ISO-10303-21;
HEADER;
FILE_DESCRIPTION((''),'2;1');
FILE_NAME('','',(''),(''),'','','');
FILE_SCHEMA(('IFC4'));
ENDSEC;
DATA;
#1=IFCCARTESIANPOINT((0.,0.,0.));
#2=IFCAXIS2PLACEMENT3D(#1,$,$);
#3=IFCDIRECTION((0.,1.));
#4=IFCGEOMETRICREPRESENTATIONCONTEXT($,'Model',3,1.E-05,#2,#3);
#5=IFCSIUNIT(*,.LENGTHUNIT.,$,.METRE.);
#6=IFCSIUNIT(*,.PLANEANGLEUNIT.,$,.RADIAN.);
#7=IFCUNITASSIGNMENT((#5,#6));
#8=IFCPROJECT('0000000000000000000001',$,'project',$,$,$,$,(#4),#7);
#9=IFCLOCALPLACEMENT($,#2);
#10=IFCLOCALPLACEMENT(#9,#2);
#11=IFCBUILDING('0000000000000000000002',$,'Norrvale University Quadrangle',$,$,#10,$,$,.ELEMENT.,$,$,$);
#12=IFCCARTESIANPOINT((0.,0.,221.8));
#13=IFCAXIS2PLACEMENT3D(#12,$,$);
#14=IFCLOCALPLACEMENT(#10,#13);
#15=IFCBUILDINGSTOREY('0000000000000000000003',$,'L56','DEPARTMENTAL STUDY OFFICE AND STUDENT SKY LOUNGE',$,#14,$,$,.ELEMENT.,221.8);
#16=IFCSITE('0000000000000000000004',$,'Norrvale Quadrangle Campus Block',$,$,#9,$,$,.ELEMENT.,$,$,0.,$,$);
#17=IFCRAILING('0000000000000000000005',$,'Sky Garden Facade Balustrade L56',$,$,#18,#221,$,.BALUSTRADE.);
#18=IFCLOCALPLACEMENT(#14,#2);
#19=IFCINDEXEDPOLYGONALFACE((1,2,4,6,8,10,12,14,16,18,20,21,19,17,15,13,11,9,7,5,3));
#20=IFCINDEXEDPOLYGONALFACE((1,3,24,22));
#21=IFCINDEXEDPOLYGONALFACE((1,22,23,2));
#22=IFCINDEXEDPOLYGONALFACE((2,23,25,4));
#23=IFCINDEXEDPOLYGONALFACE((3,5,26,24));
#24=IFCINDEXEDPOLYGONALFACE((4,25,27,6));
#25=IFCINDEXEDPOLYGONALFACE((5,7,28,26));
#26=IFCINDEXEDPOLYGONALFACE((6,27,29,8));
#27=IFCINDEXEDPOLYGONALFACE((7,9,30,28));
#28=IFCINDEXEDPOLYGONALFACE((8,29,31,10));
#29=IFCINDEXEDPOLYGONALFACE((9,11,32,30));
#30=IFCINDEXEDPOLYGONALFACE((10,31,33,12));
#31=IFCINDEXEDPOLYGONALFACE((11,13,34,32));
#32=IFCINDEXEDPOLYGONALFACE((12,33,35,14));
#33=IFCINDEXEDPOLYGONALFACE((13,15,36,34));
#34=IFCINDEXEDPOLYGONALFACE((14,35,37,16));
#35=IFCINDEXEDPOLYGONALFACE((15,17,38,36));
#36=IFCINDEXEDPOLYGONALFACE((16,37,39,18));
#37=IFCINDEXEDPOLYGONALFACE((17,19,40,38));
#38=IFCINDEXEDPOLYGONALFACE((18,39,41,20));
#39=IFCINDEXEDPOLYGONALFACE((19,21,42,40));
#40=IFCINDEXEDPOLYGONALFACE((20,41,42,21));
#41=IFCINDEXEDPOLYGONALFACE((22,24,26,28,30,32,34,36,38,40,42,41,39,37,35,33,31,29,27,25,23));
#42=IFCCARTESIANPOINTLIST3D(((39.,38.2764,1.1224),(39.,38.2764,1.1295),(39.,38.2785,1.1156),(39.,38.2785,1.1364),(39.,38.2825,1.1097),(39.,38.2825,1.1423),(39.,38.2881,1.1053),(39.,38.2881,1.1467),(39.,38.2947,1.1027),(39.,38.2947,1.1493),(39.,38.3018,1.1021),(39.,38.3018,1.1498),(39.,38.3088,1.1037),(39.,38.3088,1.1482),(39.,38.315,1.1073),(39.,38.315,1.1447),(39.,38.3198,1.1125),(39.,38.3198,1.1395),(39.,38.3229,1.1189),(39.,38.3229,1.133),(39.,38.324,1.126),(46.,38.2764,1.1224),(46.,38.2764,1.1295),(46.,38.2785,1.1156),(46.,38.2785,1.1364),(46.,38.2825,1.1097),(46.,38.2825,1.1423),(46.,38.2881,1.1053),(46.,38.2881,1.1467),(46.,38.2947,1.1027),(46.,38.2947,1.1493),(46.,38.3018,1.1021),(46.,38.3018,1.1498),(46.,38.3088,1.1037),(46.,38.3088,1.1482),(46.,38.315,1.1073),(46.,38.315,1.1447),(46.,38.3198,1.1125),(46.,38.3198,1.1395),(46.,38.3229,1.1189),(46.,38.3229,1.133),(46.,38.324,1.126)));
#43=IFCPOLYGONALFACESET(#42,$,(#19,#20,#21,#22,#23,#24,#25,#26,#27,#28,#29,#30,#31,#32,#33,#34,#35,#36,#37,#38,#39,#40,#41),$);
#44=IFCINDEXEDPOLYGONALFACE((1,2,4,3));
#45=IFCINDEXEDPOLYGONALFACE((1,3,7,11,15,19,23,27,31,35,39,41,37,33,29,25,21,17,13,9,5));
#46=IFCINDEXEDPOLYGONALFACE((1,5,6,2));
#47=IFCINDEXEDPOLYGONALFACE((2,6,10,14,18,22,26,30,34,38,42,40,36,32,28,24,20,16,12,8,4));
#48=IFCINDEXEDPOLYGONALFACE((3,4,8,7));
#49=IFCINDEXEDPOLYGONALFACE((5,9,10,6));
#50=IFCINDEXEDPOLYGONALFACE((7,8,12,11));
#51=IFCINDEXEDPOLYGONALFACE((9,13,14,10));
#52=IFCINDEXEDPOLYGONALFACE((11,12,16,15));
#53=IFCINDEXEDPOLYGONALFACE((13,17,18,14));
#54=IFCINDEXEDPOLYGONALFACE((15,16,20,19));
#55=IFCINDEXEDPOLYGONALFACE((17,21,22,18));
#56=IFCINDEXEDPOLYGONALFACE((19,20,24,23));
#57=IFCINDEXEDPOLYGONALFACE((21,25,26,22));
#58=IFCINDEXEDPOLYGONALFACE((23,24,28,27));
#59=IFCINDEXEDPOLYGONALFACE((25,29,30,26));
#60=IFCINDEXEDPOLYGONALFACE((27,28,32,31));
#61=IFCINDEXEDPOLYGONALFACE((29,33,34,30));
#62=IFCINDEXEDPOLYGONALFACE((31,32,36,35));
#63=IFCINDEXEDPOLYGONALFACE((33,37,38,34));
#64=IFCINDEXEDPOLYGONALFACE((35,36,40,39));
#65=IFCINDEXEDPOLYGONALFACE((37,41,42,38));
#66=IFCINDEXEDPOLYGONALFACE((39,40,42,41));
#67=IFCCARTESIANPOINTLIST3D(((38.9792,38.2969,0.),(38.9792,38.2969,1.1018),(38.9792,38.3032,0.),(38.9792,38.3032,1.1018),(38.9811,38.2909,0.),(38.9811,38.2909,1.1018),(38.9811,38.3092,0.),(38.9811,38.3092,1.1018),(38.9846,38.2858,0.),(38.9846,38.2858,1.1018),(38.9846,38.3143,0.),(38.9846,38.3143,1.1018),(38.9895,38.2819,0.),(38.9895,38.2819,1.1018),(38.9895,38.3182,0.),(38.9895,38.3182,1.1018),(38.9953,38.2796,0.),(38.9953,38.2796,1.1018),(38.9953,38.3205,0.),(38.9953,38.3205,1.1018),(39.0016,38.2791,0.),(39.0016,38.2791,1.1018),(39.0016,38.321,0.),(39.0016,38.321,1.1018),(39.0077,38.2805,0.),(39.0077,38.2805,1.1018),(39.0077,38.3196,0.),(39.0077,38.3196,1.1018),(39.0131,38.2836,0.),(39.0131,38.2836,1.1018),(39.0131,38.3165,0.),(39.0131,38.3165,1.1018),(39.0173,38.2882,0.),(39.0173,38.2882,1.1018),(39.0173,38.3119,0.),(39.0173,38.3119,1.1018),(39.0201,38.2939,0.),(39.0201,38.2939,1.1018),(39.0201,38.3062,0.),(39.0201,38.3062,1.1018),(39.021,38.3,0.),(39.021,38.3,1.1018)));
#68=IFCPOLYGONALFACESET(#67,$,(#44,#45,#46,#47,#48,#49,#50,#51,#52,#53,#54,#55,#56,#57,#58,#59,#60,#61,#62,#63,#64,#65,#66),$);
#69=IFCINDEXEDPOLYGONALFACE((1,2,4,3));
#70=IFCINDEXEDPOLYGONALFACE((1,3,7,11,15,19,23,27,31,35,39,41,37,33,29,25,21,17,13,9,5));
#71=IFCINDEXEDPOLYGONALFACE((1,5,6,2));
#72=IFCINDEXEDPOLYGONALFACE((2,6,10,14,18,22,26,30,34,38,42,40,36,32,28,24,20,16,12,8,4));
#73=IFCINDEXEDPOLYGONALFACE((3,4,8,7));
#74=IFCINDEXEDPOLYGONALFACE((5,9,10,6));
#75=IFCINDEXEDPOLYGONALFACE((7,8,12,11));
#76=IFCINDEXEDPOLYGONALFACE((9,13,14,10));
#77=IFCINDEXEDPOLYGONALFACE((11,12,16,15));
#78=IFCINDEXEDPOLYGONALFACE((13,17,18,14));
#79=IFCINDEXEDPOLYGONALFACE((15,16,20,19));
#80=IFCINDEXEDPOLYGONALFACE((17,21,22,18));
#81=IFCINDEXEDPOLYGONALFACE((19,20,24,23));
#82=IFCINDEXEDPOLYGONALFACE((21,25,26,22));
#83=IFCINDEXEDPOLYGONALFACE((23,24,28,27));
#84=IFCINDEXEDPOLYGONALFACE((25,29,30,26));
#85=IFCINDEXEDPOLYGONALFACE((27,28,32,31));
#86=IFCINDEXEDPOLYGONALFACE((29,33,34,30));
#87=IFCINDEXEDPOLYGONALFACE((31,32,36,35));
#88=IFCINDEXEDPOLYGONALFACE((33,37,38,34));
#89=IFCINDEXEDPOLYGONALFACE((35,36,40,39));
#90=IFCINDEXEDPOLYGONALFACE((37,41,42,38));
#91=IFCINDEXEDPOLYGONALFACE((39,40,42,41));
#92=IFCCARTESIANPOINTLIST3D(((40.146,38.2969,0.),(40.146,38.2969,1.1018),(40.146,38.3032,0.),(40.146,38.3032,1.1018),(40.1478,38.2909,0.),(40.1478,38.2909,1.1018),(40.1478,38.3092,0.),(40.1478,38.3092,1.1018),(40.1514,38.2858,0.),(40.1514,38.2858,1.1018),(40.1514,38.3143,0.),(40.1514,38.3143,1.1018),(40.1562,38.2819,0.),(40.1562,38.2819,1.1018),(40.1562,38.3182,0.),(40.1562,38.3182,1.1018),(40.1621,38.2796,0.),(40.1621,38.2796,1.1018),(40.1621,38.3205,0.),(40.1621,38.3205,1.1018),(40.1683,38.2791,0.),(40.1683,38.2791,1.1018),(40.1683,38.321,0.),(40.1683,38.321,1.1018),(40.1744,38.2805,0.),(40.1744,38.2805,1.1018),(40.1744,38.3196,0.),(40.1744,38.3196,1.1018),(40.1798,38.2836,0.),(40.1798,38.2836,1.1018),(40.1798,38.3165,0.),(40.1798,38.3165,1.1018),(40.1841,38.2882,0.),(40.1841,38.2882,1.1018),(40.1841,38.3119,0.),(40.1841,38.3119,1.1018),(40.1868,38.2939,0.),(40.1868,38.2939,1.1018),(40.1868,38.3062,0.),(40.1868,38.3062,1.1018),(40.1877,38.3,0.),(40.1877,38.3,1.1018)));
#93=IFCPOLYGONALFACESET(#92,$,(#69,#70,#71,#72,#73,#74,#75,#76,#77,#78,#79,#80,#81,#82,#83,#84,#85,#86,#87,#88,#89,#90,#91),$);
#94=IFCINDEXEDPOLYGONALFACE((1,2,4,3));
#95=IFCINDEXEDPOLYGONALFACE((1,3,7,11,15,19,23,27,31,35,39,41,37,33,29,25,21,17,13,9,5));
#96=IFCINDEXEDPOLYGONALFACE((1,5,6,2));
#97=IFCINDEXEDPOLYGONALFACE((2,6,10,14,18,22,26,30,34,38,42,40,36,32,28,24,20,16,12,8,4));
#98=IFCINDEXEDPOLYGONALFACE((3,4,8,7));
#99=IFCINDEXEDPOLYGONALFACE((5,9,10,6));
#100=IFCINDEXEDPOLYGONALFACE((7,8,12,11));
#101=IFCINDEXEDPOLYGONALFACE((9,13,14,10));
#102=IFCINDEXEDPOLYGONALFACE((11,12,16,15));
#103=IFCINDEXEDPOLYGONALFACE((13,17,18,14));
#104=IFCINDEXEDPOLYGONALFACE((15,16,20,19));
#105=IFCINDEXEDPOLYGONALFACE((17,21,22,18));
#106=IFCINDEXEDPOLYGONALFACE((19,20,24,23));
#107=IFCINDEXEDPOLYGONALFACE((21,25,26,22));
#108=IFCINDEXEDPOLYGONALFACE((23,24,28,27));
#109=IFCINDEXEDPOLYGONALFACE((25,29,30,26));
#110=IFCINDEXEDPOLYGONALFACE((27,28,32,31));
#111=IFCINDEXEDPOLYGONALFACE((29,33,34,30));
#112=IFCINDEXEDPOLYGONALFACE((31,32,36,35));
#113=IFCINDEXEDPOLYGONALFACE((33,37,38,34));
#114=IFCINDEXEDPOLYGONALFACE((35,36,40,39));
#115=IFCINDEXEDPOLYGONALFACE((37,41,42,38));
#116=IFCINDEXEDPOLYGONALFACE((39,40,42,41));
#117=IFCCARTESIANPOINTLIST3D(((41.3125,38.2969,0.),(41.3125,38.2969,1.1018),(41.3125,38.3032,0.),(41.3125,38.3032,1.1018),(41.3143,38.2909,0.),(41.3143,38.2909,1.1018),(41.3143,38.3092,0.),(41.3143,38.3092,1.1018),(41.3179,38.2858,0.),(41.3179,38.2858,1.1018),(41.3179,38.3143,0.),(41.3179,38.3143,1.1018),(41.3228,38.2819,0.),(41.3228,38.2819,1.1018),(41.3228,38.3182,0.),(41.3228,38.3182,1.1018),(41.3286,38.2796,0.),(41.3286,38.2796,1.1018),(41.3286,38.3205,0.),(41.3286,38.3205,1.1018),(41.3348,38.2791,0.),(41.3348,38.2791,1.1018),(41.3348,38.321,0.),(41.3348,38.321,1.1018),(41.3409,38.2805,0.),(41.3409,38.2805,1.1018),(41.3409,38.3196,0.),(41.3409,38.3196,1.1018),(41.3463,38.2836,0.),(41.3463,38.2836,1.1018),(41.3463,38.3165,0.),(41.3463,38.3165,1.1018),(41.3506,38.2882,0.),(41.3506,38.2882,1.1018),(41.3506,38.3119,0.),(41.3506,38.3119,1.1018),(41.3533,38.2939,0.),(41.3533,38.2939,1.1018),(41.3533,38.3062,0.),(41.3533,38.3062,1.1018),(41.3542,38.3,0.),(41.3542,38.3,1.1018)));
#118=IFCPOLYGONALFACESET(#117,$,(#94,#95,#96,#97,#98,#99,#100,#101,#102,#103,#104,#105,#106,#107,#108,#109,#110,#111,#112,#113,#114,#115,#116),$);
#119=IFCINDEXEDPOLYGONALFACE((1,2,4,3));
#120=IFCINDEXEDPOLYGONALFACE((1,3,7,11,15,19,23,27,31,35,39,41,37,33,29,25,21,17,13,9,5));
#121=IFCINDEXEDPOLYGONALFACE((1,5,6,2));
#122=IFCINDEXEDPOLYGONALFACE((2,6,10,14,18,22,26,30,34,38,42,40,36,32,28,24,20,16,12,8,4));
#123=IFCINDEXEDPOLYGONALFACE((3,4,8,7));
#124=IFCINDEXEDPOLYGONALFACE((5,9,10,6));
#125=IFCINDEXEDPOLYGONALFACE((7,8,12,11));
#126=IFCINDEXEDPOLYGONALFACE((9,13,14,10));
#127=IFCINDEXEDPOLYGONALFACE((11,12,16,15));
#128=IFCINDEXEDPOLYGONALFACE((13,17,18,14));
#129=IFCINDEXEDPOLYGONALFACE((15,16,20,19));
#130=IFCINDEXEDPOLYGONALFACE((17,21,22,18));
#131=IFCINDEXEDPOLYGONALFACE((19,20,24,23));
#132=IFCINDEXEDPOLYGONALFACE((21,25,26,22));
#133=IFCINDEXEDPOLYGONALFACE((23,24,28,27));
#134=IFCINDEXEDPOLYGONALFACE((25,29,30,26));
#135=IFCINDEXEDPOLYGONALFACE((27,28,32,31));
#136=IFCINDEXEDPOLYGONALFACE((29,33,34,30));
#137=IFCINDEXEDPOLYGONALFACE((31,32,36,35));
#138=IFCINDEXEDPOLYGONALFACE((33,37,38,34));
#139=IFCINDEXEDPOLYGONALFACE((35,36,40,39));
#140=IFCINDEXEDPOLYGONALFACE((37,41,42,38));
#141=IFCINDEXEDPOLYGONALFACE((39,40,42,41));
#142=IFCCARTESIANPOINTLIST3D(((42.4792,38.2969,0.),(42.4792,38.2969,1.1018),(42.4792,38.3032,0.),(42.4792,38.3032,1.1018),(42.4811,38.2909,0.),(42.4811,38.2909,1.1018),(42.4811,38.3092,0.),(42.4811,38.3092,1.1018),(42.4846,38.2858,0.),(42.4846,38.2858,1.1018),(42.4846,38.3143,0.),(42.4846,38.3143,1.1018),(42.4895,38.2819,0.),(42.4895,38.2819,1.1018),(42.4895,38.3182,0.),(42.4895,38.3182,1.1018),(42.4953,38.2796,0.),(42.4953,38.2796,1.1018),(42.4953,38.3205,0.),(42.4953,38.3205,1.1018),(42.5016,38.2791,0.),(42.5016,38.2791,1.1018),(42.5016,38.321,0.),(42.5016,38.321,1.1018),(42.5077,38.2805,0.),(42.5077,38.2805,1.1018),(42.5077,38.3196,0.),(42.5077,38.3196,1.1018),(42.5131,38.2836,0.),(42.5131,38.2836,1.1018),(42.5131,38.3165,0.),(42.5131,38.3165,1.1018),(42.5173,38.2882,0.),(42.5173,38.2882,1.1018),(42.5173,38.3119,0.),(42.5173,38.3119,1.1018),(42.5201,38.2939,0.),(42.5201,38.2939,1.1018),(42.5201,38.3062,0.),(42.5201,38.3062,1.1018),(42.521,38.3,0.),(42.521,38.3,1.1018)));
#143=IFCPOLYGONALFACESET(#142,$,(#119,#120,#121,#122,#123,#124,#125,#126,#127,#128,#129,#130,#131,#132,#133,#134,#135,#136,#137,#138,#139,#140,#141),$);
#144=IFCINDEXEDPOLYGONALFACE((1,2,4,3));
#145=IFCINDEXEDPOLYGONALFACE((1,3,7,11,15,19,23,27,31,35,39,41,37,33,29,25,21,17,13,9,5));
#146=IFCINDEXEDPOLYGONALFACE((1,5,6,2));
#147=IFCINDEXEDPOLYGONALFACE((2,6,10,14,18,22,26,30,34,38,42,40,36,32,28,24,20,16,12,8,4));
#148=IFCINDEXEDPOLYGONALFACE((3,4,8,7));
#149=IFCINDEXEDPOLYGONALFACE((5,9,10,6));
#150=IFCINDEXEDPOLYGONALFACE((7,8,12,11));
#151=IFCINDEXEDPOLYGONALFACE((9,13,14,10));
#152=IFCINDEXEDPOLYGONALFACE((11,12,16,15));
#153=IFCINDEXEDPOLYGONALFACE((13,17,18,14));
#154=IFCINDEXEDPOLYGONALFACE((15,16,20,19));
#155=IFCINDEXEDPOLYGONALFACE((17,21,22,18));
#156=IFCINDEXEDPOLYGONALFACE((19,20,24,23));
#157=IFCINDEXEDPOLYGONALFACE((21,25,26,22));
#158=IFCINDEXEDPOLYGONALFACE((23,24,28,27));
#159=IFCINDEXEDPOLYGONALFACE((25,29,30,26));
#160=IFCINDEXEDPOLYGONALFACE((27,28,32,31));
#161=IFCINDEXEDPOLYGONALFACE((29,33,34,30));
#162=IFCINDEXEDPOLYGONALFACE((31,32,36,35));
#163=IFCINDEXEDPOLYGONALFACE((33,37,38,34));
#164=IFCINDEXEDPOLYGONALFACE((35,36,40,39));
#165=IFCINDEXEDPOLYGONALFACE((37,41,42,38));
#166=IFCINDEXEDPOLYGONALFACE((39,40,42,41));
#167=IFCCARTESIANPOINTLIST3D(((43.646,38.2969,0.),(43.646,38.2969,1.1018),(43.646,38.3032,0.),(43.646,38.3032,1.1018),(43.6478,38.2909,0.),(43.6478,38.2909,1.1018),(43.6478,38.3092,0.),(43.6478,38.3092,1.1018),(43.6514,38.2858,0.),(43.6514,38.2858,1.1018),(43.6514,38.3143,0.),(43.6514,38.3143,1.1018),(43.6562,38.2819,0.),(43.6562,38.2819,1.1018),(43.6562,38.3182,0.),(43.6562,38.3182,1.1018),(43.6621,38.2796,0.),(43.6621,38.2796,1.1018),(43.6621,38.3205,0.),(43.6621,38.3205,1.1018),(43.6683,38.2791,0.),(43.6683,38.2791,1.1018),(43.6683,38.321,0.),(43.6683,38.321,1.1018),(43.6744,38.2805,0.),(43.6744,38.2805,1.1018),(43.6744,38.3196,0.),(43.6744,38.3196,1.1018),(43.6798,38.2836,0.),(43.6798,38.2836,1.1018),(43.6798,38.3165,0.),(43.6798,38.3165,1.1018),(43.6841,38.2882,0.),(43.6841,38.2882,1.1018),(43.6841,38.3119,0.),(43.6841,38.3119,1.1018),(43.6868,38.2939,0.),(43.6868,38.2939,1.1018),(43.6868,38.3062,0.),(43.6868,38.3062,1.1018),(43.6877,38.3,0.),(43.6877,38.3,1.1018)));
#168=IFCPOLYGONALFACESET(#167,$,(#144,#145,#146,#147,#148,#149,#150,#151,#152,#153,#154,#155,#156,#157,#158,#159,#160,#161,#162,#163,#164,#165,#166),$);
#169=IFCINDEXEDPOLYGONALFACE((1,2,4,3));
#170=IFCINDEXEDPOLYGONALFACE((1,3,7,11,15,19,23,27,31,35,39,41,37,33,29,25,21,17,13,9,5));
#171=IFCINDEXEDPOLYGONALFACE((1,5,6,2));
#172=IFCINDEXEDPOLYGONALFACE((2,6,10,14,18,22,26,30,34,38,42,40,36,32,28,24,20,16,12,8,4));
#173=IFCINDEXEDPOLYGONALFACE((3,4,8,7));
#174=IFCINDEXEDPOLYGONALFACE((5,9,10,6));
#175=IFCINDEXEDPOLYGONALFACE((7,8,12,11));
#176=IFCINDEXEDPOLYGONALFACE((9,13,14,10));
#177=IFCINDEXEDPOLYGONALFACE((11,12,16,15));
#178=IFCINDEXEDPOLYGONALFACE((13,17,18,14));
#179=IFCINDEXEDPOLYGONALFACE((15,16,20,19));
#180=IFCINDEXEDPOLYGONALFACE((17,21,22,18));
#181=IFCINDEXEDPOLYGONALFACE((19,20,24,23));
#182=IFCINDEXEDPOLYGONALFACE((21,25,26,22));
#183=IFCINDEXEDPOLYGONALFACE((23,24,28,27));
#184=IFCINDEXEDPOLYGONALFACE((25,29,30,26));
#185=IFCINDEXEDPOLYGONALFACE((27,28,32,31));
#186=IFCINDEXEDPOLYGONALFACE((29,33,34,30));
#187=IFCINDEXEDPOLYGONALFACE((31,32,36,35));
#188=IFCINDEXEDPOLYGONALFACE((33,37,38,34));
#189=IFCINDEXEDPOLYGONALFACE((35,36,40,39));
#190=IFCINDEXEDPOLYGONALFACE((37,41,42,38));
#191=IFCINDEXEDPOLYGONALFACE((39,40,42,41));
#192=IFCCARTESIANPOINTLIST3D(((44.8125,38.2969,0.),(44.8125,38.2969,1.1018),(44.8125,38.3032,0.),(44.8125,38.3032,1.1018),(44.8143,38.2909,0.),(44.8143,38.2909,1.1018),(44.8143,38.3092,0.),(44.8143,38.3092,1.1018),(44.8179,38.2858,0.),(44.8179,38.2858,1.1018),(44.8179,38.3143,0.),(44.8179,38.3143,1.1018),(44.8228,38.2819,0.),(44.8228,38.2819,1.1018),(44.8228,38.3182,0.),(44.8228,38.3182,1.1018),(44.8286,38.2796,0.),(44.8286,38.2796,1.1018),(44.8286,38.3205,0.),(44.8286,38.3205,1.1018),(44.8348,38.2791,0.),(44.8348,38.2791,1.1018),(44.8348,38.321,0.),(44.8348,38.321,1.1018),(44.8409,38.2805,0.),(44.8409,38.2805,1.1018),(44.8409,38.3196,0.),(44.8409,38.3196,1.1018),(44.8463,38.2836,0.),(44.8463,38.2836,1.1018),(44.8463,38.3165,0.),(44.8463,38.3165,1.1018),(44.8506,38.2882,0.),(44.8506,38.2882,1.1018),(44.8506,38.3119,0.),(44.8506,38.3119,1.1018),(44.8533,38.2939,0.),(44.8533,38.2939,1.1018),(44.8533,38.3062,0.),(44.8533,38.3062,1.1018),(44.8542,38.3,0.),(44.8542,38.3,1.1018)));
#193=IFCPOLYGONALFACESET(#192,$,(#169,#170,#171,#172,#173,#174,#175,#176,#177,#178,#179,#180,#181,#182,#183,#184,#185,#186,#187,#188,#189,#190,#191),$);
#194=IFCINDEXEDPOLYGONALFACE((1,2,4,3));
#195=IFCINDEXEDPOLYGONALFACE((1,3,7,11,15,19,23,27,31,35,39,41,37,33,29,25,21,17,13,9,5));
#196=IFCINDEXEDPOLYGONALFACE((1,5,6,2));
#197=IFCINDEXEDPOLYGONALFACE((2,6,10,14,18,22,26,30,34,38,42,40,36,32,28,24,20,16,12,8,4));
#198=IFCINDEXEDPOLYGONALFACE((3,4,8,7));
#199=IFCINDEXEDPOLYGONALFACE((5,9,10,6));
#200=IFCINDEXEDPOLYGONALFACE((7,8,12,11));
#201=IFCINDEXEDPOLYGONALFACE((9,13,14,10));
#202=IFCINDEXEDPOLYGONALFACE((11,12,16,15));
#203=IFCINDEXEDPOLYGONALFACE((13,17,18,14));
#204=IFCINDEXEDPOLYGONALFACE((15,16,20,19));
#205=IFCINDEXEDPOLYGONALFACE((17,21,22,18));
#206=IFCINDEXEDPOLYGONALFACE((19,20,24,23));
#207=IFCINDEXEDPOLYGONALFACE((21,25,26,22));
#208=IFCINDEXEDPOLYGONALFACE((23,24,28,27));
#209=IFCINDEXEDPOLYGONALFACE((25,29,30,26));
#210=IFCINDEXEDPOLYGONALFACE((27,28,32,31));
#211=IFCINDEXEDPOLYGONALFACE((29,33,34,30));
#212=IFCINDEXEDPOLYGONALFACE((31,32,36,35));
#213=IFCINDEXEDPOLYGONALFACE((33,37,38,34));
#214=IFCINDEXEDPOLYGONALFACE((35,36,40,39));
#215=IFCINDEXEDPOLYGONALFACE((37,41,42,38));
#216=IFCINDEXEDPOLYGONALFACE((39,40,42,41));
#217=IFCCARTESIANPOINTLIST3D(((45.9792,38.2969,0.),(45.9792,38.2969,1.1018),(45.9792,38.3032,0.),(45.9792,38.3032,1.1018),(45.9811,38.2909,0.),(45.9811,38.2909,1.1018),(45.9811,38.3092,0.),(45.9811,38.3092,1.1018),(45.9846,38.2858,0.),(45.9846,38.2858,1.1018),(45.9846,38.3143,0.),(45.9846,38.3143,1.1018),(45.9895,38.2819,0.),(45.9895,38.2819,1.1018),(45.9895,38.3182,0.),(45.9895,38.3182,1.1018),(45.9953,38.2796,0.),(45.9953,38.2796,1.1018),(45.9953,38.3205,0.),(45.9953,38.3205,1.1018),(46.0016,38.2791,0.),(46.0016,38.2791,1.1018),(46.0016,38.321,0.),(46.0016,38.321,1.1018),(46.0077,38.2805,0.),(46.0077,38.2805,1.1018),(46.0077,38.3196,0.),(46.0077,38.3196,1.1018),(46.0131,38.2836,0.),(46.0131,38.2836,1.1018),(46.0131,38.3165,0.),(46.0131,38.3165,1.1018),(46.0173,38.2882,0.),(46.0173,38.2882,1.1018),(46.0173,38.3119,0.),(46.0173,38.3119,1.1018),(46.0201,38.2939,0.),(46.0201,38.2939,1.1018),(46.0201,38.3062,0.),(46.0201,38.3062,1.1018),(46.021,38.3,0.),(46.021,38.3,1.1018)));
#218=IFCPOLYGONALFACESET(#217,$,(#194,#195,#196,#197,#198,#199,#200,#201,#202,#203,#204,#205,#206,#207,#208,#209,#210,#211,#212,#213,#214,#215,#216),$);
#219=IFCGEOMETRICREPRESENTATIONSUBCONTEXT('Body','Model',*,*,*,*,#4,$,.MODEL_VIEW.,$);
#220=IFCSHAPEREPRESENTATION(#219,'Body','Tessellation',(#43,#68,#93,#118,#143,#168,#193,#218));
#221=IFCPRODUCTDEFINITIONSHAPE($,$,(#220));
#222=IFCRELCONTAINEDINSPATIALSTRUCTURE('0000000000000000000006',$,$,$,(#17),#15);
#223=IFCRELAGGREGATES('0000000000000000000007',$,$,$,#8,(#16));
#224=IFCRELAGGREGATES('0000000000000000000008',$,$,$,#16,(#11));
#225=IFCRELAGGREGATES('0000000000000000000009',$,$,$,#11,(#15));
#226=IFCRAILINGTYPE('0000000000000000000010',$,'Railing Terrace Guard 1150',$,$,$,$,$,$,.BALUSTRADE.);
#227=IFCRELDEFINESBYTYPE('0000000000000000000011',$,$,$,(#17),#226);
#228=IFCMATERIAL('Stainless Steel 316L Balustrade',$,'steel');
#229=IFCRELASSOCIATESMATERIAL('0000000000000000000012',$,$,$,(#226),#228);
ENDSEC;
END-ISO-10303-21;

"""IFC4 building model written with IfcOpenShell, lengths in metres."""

from ifc_helpers import new_model, si_unit, direction, frame, origin, origin_2d, place, context, subcontext, project, spatial, circle, extrude, material, type_object, element, save


model = new_model("IFC4")

# Units and contexts
model_context = context("Model", 3, precision=1e-05, world=origin(), true_north=direction((0.0, 1.0)))
body_context = subcontext(model_context, "Body", "Model", "MODEL_VIEW")
ifc_project = project(units=[si_unit("LENGTHUNIT", "METRE"), si_unit("PLANEANGLEUNIT", "RADIAN")], contexts=[model_context])

# Site, building, storey
site_placement = place(None, origin())
site = spatial("IfcSite", under=ifc_project, at=site_placement, Name="Norrvale Quadrangle Campus Block", CompositionType="ELEMENT", RefElevation=0.0)
building_placement = place(site_placement, origin())
building = spatial("IfcBuilding", under=site, at=building_placement, Name="Norrvale University Quadrangle", CompositionType="ELEMENT")
storey_placement = place(building_placement, frame((0.0, 0.0, 221.8)))
storey = spatial("IfcBuildingStorey", under=building, at=storey_placement, Name="L56", Description="DEPARTMENTAL STUDY OFFICE AND STUDENT SKY LOUNGE", CompositionType="ELEMENT", Elevation=221.8)

# Railing
ifc_material_1 = material(Name="Stainless Steel 316L Balustrade", Category="steel")
railing_type = type_object("IfcRailingType", Name="Railing Terrace Guard 1150", PredefinedType="BALUSTRADE", material=ifc_material_1)
railing_placement = place(storey_placement, frame((39.0, 38.3, 0.0)))
element("IfcRailing", 1, at=railing_placement, inside=storey, type_object=railing_type, Name="Sky Garden Facade Balustrade L56", PredefinedType="BALUSTRADE", context=body_context, shape_type="SweptSolid", body=[
    extrude(circle(Radius=0.0239, at=origin_2d()), frame((0.0, 0.0, 1.126), z_axis=(1.0, 0.0, 0.0), x_axis=(0.0, 1.0, 0.0)), (0.0, 0.0, 1.0), 7.0),
    extrude(circle(Radius=0.021, at=origin_2d()), origin(), (0.0, 0.0, 1.0), 1.1018),
    extrude(circle(Radius=0.021, at=origin_2d()), frame((1.1667, 0.0, 0.0)), (0.0, 0.0, 1.0), 1.1018),
    extrude(circle(Radius=0.021, at=origin_2d()), frame((2.3333, 0.0, 0.0)), (0.0, 0.0, 1.0), 1.1018),
    extrude(circle(Radius=0.021, at=origin_2d()), frame((3.5, 0.0, 0.0)), (0.0, 0.0, 1.0), 1.1018),
    extrude(circle(Radius=0.021, at=origin_2d()), frame((4.6667, 0.0, 0.0)), (0.0, 0.0, 1.0), 1.1018),
    extrude(circle(Radius=0.021, at=origin_2d()), frame((5.8333, 0.0, 0.0)), (0.0, 0.0, 1.0), 1.1018),
    extrude(circle(Radius=0.021, at=origin_2d()), frame((7.0, 0.0, 0.0)), (0.0, 0.0, 1.0), 1.1018),
])

save(model, "model.ifc")
